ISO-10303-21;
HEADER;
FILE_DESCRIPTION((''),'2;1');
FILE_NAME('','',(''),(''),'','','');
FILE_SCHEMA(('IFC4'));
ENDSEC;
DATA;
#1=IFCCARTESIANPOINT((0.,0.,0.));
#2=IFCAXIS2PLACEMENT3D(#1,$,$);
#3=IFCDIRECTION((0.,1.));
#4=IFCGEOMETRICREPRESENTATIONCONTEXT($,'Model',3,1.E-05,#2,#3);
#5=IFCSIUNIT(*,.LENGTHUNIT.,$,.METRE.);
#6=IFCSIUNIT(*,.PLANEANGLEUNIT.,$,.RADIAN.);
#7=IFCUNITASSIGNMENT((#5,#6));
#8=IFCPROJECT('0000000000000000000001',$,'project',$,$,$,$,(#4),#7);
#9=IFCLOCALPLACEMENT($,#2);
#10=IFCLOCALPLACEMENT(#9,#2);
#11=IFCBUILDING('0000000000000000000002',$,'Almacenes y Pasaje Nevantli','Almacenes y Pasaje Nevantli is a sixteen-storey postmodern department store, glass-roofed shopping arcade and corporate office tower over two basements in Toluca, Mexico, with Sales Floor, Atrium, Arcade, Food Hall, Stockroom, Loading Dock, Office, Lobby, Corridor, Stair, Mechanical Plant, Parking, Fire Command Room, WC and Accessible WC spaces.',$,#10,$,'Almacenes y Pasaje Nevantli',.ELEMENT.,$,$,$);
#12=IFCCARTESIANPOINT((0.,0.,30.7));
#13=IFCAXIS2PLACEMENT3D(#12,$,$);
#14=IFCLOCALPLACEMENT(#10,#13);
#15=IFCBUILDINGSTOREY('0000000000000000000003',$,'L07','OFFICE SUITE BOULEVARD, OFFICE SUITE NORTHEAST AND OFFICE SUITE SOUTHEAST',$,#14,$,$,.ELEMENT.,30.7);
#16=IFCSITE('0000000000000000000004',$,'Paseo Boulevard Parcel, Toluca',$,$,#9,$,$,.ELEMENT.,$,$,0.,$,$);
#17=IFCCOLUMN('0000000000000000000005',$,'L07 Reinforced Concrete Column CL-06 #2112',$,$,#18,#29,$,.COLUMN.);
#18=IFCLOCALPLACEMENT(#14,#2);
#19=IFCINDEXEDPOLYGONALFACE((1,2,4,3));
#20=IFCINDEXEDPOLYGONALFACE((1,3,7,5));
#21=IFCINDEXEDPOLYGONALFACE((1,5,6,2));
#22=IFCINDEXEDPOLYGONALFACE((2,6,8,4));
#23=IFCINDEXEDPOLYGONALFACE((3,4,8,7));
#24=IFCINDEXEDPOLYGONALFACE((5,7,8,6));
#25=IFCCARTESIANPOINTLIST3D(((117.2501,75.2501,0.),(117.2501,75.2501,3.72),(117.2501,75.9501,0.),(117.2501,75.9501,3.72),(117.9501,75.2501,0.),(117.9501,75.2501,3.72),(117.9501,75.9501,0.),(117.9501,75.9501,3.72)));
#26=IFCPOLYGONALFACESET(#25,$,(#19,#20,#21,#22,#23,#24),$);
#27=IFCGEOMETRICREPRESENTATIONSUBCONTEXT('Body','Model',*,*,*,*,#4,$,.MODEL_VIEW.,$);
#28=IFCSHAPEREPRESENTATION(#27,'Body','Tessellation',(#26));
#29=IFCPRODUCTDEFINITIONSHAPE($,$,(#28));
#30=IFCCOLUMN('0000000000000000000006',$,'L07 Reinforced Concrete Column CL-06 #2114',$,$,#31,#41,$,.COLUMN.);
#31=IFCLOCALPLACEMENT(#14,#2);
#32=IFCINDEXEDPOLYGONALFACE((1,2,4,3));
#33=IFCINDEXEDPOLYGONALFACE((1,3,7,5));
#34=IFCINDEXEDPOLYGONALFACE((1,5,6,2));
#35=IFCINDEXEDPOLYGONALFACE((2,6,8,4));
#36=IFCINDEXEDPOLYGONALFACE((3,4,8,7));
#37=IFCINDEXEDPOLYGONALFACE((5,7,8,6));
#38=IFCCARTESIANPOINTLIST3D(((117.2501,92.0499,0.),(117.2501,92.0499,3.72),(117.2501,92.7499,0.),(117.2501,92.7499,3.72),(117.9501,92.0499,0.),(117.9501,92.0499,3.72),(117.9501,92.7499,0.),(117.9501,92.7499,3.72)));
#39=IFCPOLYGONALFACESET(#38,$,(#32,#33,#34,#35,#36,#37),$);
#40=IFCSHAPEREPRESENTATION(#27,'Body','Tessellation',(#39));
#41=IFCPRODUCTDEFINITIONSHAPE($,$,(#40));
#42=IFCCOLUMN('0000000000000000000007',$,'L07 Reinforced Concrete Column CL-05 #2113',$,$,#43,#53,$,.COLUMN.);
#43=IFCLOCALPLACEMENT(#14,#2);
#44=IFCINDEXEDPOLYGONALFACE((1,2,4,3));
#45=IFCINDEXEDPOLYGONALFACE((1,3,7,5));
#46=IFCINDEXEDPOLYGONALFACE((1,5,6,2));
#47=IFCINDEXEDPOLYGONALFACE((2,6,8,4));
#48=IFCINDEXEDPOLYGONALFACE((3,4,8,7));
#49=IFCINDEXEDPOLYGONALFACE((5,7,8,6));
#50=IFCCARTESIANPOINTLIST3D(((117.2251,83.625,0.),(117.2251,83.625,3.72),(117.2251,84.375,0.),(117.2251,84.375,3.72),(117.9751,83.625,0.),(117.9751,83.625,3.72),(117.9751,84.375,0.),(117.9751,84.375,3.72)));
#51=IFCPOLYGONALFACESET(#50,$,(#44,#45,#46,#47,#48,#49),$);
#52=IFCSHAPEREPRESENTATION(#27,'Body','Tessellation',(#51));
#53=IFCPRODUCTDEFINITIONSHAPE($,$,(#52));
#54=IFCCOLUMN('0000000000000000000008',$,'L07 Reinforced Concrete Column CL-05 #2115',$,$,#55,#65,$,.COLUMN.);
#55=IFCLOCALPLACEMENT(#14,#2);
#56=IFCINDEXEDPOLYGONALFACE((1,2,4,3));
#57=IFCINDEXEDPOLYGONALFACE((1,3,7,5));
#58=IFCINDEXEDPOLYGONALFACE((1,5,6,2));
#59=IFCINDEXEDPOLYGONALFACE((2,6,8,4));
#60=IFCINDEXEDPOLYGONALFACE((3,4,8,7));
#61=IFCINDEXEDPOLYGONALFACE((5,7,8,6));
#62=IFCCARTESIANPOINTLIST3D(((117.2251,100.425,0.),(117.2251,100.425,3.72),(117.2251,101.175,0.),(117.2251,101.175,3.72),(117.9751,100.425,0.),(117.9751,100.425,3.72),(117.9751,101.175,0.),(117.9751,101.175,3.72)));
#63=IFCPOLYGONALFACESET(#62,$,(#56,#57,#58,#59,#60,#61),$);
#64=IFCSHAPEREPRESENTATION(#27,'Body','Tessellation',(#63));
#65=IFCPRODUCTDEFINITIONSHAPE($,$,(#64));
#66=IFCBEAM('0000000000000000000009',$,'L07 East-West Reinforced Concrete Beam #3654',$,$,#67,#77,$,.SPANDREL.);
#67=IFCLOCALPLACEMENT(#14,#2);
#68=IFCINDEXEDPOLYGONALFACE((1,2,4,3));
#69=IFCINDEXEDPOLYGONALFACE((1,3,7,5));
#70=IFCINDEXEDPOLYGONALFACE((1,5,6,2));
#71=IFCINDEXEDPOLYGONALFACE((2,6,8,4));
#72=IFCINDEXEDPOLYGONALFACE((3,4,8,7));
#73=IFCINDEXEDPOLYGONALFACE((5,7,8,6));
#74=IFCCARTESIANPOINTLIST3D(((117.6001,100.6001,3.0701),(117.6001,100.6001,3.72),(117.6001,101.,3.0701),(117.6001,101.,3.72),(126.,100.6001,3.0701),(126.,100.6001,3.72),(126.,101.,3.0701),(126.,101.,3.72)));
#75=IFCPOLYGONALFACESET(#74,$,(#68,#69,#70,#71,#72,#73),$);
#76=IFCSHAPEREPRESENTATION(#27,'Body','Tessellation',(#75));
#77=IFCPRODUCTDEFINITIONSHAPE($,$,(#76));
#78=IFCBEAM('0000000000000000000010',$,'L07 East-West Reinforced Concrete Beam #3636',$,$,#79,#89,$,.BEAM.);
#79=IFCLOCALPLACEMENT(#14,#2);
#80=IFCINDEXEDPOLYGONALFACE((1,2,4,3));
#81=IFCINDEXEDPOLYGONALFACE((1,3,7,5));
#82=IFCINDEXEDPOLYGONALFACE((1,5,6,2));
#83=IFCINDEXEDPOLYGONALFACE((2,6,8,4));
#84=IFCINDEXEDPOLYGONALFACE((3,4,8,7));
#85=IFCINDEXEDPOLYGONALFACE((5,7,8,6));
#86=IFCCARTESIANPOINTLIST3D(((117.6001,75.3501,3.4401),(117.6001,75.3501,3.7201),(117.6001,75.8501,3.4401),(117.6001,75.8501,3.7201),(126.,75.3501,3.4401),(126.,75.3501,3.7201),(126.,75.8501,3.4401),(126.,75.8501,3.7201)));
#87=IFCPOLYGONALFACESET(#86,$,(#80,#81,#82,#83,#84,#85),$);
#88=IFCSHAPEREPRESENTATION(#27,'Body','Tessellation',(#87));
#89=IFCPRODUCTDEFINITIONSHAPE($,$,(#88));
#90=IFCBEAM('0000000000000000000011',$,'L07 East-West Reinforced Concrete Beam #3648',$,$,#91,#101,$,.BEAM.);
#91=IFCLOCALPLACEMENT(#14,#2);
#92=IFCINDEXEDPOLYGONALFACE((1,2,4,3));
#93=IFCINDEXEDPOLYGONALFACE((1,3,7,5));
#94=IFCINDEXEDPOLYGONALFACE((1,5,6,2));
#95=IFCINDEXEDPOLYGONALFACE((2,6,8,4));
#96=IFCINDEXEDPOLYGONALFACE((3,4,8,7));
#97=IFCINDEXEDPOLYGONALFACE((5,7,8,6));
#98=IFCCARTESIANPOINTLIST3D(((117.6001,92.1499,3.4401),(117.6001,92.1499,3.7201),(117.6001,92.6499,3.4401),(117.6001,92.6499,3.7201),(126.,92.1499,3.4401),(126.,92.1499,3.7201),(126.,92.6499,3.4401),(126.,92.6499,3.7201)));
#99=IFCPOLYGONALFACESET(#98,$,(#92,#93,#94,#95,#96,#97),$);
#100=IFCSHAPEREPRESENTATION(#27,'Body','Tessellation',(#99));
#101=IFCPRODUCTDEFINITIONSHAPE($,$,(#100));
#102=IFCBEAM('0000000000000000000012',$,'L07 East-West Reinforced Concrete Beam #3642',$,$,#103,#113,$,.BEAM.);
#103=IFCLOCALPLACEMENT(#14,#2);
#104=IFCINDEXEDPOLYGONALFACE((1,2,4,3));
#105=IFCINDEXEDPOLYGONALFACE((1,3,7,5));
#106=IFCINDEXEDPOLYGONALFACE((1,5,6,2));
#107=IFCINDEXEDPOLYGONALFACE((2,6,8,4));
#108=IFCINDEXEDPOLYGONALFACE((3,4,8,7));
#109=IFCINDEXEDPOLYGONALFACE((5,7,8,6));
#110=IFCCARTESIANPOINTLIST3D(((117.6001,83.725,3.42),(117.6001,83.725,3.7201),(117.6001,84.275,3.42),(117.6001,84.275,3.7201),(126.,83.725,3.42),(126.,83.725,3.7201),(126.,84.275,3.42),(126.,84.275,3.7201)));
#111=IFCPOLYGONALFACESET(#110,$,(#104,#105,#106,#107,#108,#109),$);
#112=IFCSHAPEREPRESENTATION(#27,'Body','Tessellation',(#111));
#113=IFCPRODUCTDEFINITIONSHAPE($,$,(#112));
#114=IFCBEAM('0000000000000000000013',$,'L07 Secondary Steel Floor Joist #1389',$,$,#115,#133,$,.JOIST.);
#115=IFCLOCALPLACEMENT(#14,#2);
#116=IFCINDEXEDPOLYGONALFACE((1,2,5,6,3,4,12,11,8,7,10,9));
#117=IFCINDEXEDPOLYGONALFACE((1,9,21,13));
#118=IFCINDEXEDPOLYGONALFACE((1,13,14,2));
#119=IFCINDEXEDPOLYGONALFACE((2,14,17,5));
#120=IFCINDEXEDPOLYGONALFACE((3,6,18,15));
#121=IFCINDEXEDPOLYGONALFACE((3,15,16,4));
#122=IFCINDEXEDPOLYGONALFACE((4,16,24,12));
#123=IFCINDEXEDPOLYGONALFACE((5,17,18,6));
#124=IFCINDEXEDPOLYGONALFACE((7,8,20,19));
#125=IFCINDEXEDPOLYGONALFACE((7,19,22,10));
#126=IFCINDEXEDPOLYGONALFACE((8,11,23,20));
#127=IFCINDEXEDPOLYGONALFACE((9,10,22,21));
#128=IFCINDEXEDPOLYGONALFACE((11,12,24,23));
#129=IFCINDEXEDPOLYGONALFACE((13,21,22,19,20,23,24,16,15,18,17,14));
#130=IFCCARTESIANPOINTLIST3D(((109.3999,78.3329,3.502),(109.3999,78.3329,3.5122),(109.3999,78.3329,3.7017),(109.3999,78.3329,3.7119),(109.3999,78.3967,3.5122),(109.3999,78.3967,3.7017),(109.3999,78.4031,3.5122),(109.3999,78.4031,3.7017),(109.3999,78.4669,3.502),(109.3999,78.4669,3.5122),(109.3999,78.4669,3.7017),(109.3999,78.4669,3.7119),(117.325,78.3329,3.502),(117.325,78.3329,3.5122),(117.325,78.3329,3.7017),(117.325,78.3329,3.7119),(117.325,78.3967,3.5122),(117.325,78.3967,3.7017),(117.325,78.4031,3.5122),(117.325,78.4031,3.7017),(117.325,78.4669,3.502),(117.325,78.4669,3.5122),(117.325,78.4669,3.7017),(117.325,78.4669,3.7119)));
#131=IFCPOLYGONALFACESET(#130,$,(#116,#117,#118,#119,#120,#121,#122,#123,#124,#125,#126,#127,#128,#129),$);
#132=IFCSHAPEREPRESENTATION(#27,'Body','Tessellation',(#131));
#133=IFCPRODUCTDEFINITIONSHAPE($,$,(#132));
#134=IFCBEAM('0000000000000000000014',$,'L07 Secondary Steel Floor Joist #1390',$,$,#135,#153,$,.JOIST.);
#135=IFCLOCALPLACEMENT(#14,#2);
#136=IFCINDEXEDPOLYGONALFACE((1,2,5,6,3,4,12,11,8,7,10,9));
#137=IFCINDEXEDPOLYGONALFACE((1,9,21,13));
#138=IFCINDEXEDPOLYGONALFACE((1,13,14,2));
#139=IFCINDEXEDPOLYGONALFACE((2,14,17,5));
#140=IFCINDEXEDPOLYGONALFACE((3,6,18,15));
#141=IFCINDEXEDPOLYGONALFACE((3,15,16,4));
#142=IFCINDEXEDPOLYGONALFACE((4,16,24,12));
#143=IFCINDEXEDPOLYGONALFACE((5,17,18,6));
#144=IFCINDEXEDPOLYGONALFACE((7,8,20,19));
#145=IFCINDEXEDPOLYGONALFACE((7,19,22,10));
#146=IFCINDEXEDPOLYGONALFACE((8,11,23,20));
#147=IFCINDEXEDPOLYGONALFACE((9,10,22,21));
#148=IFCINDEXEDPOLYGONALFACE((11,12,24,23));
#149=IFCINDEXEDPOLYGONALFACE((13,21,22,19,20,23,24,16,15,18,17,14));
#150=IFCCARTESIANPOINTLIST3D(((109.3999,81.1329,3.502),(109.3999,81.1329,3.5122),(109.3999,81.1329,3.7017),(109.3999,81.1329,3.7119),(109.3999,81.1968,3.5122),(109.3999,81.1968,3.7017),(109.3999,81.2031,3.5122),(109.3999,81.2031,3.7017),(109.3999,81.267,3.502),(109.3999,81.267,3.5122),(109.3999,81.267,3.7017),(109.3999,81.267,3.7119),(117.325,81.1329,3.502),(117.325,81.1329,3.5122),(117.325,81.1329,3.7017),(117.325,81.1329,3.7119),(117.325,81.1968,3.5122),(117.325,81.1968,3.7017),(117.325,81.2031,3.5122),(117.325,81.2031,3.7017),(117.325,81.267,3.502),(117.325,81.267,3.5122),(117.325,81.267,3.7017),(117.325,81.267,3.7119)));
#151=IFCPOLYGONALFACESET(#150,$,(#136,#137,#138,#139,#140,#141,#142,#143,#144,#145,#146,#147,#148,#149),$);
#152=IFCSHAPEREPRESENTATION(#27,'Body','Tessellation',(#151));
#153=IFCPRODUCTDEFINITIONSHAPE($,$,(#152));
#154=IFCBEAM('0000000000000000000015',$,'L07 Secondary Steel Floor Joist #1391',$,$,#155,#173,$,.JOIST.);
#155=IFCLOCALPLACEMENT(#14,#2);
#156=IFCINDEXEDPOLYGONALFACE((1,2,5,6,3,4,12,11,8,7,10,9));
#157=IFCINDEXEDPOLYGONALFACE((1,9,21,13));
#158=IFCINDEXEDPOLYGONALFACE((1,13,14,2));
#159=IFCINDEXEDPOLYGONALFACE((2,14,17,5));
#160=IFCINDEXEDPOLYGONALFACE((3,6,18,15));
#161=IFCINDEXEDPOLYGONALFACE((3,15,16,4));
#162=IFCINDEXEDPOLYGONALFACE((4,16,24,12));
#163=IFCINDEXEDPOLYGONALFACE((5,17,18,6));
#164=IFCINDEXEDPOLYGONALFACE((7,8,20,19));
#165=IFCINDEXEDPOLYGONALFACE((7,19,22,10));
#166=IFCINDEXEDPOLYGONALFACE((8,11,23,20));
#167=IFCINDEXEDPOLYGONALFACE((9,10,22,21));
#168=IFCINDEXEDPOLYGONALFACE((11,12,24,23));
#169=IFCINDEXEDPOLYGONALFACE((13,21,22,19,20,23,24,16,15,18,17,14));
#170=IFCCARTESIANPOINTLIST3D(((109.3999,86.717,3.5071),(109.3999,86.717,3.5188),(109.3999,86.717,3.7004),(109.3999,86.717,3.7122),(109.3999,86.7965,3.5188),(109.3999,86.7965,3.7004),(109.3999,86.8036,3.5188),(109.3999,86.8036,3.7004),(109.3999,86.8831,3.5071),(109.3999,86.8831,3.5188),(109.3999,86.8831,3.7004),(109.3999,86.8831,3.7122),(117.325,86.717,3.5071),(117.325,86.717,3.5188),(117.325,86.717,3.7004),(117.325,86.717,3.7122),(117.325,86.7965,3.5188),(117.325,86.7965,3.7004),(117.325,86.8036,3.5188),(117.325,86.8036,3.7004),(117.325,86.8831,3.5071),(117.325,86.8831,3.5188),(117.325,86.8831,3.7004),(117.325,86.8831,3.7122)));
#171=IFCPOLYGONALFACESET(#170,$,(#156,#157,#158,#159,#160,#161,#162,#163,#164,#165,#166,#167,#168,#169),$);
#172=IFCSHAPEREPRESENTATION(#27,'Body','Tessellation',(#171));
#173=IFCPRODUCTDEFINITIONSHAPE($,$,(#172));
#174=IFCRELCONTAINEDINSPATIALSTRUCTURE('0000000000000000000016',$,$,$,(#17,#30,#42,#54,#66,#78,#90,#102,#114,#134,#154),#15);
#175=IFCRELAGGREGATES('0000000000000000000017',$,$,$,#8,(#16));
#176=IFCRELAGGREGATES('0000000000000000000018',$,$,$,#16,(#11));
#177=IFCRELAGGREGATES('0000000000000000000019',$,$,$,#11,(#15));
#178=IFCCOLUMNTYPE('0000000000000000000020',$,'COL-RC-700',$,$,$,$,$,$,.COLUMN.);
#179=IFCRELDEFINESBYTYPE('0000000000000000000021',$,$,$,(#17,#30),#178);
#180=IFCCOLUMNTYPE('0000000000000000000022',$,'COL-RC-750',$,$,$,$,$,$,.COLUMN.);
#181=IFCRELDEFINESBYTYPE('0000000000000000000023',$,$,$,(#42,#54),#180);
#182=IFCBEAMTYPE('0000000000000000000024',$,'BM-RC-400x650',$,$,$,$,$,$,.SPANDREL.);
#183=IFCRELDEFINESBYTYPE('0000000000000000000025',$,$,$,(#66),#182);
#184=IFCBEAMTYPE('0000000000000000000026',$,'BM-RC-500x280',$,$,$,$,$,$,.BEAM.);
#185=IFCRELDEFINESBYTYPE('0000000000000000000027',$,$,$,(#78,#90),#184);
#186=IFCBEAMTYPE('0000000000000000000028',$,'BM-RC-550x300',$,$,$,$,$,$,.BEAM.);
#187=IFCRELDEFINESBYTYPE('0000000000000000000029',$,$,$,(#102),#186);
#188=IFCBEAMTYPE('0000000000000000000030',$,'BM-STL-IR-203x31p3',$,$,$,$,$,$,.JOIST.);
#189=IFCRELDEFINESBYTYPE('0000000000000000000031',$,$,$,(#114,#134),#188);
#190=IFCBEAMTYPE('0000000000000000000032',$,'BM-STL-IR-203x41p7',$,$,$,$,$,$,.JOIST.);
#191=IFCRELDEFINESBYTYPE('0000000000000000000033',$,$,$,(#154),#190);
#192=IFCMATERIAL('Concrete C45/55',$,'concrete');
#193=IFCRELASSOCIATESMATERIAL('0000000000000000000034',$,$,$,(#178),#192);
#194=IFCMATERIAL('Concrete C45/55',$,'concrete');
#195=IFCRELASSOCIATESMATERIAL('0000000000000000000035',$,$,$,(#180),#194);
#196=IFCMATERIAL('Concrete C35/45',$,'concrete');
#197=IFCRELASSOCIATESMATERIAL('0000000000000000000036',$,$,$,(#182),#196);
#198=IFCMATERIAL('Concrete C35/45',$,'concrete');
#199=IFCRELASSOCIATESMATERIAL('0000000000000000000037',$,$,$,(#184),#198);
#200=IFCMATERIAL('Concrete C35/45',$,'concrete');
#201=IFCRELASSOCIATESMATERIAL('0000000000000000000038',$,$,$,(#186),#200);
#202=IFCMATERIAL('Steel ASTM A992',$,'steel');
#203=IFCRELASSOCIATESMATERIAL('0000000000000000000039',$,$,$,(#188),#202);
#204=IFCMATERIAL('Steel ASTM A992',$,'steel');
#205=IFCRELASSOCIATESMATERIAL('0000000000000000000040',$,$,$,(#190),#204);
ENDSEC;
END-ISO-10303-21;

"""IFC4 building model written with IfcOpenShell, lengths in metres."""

from ifc_helpers import new_model, si_unit, direction, frame, origin, origin_2d, place, context, subcontext, project, spatial, rectangle, i_section, extrude, material, material_profile, profile_set, type_object, element, save


model = new_model("IFC4")

# Units and contexts
model_context = context("Model", 3, precision=1e-05, world=origin(), true_north=direction((0.0, 1.0)))
body_context = subcontext(model_context, "Body", "Model", "MODEL_VIEW")
ifc_project = project(units=[si_unit("LENGTHUNIT", "METRE"), si_unit("PLANEANGLEUNIT", "RADIAN")], contexts=[model_context])

# Site, building, storey
site_placement = place(None, origin())
site = spatial("IfcSite", under=ifc_project, at=site_placement, Name="Paseo Boulevard Parcel, Toluca", CompositionType="ELEMENT", RefElevation=0.0)
building_placement = place(site_placement, origin())
building = spatial("IfcBuilding", under=site, at=building_placement, Name="Almacenes y Pasaje Nevantli", Description="Almacenes y Pasaje Nevantli is a sixteen-storey postmodern department store, glass-roofed shopping arcade and corporate office tower over two basements in Toluca, Mexico, with Sales Floor, Atrium, Arcade, Food Hall, Stockroom, Loading Dock, Office, Lobby, Corridor, Stair, Mechanical Plant, Parking, Fire Command Room, WC and Accessible WC spaces.", LongName="Almacenes y Pasaje Nevantli", CompositionType="ELEMENT")
storey_placement = place(building_placement, frame((0.0, 0.0, 30.7)))
storey = spatial("IfcBuildingStorey", under=building, at=storey_placement, Name="L07", Description="OFFICE SUITE BOULEVARD, OFFICE SUITE NORTHEAST AND OFFICE SUITE SOUTHEAST", CompositionType="ELEMENT", Elevation=30.7)

# Columns
ifc_material_1 = material(Name="Concrete C45/55", Category="concrete")
ifc_material_profile_1 = material_profile(ifc_material_1, rectangle(XDim=0.7, YDim=0.7, at=origin_2d()), Name="RC-COL-700x700")
ifc_profile_set_1 = profile_set([ifc_material_profile_1], Name="Concrete C45/55")
column_type_1 = type_object("IfcColumnType", Name="COL-RC-700", PredefinedType="COLUMN", material=ifc_profile_set_1)
for number, where, z_axis, x_axis, name in (
    (1, (117.6001, 75.6001, 0.0), (0.0, 0.0, 1.0), (1.0, 0.0, 0.0), "L07 Reinforced Concrete Column CL-06 #2112"),
    (2, (117.6001, 92.3999, 0.0), (0.0, 0.0, 1.0), (1.0, 0.0, 0.0), "L07 Reinforced Concrete Column CL-06 #2114"),
):
    element("IfcColumn", number, at=place(storey_placement, frame(where, z_axis=z_axis, x_axis=x_axis)), inside=storey, type_object=column_type_1, Name=name, PredefinedType="COLUMN", context=body_context, shape_type="SweptSolid", body=[
        extrude(rectangle(XDim=0.7, YDim=0.7, at=origin_2d()), origin(), (0.0, 0.0, 1.0), 3.72),
    ])
ifc_material_2 = material(Name="Concrete C45/55", Category="concrete")
ifc_material_profile_2 = material_profile(ifc_material_2, rectangle(XDim=0.75, YDim=0.75, at=origin_2d()), Name="RC-COL-750x750")
ifc_profile_set_2 = profile_set([ifc_material_profile_2], Name="Concrete C45/55")
column_type_2 = type_object("IfcColumnType", Name="COL-RC-750", PredefinedType="COLUMN", material=ifc_profile_set_2)
for number, where, z_axis, x_axis, name in (
    (3, (117.6001, 84.0, 0.0), (0.0, 0.0, 1.0), (1.0, 0.0, 0.0), "L07 Reinforced Concrete Column CL-05 #2113"),
    (4, (117.6001, 100.8, 0.0), (0.0, 0.0, 1.0), (1.0, 0.0, 0.0), "L07 Reinforced Concrete Column CL-05 #2115"),
):
    element("IfcColumn", number, at=place(storey_placement, frame(where, z_axis=z_axis, x_axis=x_axis)), inside=storey, type_object=column_type_2, Name=name, PredefinedType="COLUMN", context=body_context, shape_type="SweptSolid", body=[
        extrude(rectangle(XDim=0.75, YDim=0.75, at=origin_2d()), origin(), (0.0, 0.0, 1.0), 3.72),
    ])

# Beams
ifc_material_3 = material(Name="Concrete C35/45", Category="concrete")
ifc_material_profile_3 = material_profile(ifc_material_3, rectangle(XDim=0.3999, YDim=0.6499, at=origin_2d()), Name="RC-BM-400x650")
ifc_profile_set_3 = profile_set([ifc_material_profile_3], Name="Concrete C35/45")
beam_type_1 = type_object("IfcBeamType", Name="BM-RC-400x650", PredefinedType="SPANDREL", material=ifc_profile_set_3)
beam_1_placement = place(storey_placement, frame((117.6001, 100.8, 3.395), z_axis=(1.0, 0.0, 0.0), x_axis=(0.0, 1.0, 0.0)))
element("IfcBeam", 5, at=beam_1_placement, inside=storey, type_object=beam_type_1, Name="L07 East-West Reinforced Concrete Beam #3654", PredefinedType="SPANDREL", context=body_context, shape_type="SweptSolid", body=[
    extrude(rectangle(XDim=0.3999, YDim=0.6499, at=origin_2d()), origin(), (0.0, 0.0, 1.0), 8.3999),
])
ifc_material_4 = material(Name="Concrete C35/45", Category="concrete")
ifc_material_profile_4 = material_profile(ifc_material_4, rectangle(XDim=0.5, YDim=0.28, at=origin_2d()), Name="RC-BM-500x280")
ifc_profile_set_4 = profile_set([ifc_material_profile_4], Name="Concrete C35/45")
beam_type_2 = type_object("IfcBeamType", Name="BM-RC-500x280", PredefinedType="BEAM", material=ifc_profile_set_4)
for number, where, z_axis, x_axis, name in (
    (6, (117.6001, 75.6001, 3.5801), (1.0, 0.0, 0.0), (0.0, 1.0, 0.0), "L07 East-West Reinforced Concrete Beam #3636"),
    (7, (117.6001, 92.3999, 3.5801), (1.0, 0.0, 0.0), (0.0, 1.0, 0.0), "L07 East-West Reinforced Concrete Beam #3648"),
):
    element("IfcBeam", number, at=place(storey_placement, frame(where, z_axis=z_axis, x_axis=x_axis)), inside=storey, type_object=beam_type_2, Name=name, PredefinedType="BEAM", context=body_context, shape_type="SweptSolid", body=[
        extrude(rectangle(XDim=0.5, YDim=0.28, at=origin_2d()), origin(), (0.0, 0.0, 1.0), 8.3999),
    ])
ifc_material_5 = material(Name="Concrete C35/45", Category="concrete")
ifc_material_profile_5 = material_profile(ifc_material_5, rectangle(XDim=0.55, YDim=0.3, at=origin_2d()), Name="RC-BM-550x300")
ifc_profile_set_5 = profile_set([ifc_material_profile_5], Name="Concrete C35/45")
beam_type_3 = type_object("IfcBeamType", Name="BM-RC-550x300", PredefinedType="BEAM", material=ifc_profile_set_5)
beam_2_placement = place(storey_placement, frame((117.6001, 84.0, 3.5701), z_axis=(1.0, 0.0, 0.0), x_axis=(0.0, 1.0, 0.0)))
element("IfcBeam", 8, at=beam_2_placement, inside=storey, type_object=beam_type_3, Name="L07 East-West Reinforced Concrete Beam #3642", PredefinedType="BEAM", context=body_context, shape_type="SweptSolid", body=[
    extrude(rectangle(XDim=0.55, YDim=0.3, at=origin_2d()), origin(), (0.0, 0.0, 1.0), 8.3999),
])
ifc_material_6 = material(Name="Steel ASTM A992", Category="steel")
ifc_material_profile_6 = material_profile(ifc_material_6, i_section(OverallWidth=0.134, OverallDepth=0.21, WebThickness=0.0063, FlangeThickness=0.0103, at=origin_2d()), Name="IR 203x31.3")
ifc_profile_set_6 = profile_set([ifc_material_profile_6], Name="Steel ASTM A992")
beam_type_4 = type_object("IfcBeamType", Name="BM-STL-IR-203x31p3", PredefinedType="JOIST", material=ifc_profile_set_6)
for number, where, z_axis, x_axis, name in (
    (9, (109.3999, 78.3999, 3.6069), (1.0, 0.0, 0.0), (0.0, 1.0, 0.0), "L07 Secondary Steel Floor Joist #1389"),
    (10, (109.3999, 81.2, 3.6069), (1.0, 0.0, 0.0), (0.0, 1.0, 0.0), "L07 Secondary Steel Floor Joist #1390"),
):
    element("IfcBeam", number, at=place(storey_placement, frame(where, z_axis=z_axis, x_axis=x_axis)), inside=storey, type_object=beam_type_4, Name=name, PredefinedType="JOIST", context=body_context, shape_type="SweptSolid", body=[
        extrude(i_section(OverallWidth=0.134, OverallDepth=0.21, WebThickness=0.0063, FlangeThickness=0.0103, at=origin_2d()), origin(), (0.0, 0.0, 1.0), 7.925),
    ])
ifc_material_7 = material(Name="Steel ASTM A992", Category="steel")
ifc_material_profile_7 = material_profile(ifc_material_7, i_section(OverallWidth=0.166, OverallDepth=0.2051, WebThickness=0.0071, FlangeThickness=0.0117, at=origin_2d()), Name="IR 203x41.7")
ifc_profile_set_7 = profile_set([ifc_material_profile_7], Name="Steel ASTM A992")
beam_type_5 = type_object("IfcBeamType", Name="BM-STL-IR-203x41p7", PredefinedType="JOIST", material=ifc_profile_set_7)
for number, where, z_axis, x_axis, name in (
    (11, (109.3999, 86.8, 3.6096), (1.0, 0.0, 0.0), (0.0, 1.0, 0.0), "L07 Secondary Steel Floor Joist #1391"),
):
    element("IfcBeam", number, at=place(storey_placement, frame(where, z_axis=z_axis, x_axis=x_axis)), inside=storey, type_object=beam_type_5, Name=name, PredefinedType="JOIST", context=body_context, shape_type="SweptSolid", body=[
        extrude(i_section(OverallWidth=0.166, OverallDepth=0.2051, WebThickness=0.0071, FlangeThickness=0.0117, at=origin_2d()), origin(), (0.0, 0.0, 1.0), 7.925),
    ])

save(model, "model.ifc")
